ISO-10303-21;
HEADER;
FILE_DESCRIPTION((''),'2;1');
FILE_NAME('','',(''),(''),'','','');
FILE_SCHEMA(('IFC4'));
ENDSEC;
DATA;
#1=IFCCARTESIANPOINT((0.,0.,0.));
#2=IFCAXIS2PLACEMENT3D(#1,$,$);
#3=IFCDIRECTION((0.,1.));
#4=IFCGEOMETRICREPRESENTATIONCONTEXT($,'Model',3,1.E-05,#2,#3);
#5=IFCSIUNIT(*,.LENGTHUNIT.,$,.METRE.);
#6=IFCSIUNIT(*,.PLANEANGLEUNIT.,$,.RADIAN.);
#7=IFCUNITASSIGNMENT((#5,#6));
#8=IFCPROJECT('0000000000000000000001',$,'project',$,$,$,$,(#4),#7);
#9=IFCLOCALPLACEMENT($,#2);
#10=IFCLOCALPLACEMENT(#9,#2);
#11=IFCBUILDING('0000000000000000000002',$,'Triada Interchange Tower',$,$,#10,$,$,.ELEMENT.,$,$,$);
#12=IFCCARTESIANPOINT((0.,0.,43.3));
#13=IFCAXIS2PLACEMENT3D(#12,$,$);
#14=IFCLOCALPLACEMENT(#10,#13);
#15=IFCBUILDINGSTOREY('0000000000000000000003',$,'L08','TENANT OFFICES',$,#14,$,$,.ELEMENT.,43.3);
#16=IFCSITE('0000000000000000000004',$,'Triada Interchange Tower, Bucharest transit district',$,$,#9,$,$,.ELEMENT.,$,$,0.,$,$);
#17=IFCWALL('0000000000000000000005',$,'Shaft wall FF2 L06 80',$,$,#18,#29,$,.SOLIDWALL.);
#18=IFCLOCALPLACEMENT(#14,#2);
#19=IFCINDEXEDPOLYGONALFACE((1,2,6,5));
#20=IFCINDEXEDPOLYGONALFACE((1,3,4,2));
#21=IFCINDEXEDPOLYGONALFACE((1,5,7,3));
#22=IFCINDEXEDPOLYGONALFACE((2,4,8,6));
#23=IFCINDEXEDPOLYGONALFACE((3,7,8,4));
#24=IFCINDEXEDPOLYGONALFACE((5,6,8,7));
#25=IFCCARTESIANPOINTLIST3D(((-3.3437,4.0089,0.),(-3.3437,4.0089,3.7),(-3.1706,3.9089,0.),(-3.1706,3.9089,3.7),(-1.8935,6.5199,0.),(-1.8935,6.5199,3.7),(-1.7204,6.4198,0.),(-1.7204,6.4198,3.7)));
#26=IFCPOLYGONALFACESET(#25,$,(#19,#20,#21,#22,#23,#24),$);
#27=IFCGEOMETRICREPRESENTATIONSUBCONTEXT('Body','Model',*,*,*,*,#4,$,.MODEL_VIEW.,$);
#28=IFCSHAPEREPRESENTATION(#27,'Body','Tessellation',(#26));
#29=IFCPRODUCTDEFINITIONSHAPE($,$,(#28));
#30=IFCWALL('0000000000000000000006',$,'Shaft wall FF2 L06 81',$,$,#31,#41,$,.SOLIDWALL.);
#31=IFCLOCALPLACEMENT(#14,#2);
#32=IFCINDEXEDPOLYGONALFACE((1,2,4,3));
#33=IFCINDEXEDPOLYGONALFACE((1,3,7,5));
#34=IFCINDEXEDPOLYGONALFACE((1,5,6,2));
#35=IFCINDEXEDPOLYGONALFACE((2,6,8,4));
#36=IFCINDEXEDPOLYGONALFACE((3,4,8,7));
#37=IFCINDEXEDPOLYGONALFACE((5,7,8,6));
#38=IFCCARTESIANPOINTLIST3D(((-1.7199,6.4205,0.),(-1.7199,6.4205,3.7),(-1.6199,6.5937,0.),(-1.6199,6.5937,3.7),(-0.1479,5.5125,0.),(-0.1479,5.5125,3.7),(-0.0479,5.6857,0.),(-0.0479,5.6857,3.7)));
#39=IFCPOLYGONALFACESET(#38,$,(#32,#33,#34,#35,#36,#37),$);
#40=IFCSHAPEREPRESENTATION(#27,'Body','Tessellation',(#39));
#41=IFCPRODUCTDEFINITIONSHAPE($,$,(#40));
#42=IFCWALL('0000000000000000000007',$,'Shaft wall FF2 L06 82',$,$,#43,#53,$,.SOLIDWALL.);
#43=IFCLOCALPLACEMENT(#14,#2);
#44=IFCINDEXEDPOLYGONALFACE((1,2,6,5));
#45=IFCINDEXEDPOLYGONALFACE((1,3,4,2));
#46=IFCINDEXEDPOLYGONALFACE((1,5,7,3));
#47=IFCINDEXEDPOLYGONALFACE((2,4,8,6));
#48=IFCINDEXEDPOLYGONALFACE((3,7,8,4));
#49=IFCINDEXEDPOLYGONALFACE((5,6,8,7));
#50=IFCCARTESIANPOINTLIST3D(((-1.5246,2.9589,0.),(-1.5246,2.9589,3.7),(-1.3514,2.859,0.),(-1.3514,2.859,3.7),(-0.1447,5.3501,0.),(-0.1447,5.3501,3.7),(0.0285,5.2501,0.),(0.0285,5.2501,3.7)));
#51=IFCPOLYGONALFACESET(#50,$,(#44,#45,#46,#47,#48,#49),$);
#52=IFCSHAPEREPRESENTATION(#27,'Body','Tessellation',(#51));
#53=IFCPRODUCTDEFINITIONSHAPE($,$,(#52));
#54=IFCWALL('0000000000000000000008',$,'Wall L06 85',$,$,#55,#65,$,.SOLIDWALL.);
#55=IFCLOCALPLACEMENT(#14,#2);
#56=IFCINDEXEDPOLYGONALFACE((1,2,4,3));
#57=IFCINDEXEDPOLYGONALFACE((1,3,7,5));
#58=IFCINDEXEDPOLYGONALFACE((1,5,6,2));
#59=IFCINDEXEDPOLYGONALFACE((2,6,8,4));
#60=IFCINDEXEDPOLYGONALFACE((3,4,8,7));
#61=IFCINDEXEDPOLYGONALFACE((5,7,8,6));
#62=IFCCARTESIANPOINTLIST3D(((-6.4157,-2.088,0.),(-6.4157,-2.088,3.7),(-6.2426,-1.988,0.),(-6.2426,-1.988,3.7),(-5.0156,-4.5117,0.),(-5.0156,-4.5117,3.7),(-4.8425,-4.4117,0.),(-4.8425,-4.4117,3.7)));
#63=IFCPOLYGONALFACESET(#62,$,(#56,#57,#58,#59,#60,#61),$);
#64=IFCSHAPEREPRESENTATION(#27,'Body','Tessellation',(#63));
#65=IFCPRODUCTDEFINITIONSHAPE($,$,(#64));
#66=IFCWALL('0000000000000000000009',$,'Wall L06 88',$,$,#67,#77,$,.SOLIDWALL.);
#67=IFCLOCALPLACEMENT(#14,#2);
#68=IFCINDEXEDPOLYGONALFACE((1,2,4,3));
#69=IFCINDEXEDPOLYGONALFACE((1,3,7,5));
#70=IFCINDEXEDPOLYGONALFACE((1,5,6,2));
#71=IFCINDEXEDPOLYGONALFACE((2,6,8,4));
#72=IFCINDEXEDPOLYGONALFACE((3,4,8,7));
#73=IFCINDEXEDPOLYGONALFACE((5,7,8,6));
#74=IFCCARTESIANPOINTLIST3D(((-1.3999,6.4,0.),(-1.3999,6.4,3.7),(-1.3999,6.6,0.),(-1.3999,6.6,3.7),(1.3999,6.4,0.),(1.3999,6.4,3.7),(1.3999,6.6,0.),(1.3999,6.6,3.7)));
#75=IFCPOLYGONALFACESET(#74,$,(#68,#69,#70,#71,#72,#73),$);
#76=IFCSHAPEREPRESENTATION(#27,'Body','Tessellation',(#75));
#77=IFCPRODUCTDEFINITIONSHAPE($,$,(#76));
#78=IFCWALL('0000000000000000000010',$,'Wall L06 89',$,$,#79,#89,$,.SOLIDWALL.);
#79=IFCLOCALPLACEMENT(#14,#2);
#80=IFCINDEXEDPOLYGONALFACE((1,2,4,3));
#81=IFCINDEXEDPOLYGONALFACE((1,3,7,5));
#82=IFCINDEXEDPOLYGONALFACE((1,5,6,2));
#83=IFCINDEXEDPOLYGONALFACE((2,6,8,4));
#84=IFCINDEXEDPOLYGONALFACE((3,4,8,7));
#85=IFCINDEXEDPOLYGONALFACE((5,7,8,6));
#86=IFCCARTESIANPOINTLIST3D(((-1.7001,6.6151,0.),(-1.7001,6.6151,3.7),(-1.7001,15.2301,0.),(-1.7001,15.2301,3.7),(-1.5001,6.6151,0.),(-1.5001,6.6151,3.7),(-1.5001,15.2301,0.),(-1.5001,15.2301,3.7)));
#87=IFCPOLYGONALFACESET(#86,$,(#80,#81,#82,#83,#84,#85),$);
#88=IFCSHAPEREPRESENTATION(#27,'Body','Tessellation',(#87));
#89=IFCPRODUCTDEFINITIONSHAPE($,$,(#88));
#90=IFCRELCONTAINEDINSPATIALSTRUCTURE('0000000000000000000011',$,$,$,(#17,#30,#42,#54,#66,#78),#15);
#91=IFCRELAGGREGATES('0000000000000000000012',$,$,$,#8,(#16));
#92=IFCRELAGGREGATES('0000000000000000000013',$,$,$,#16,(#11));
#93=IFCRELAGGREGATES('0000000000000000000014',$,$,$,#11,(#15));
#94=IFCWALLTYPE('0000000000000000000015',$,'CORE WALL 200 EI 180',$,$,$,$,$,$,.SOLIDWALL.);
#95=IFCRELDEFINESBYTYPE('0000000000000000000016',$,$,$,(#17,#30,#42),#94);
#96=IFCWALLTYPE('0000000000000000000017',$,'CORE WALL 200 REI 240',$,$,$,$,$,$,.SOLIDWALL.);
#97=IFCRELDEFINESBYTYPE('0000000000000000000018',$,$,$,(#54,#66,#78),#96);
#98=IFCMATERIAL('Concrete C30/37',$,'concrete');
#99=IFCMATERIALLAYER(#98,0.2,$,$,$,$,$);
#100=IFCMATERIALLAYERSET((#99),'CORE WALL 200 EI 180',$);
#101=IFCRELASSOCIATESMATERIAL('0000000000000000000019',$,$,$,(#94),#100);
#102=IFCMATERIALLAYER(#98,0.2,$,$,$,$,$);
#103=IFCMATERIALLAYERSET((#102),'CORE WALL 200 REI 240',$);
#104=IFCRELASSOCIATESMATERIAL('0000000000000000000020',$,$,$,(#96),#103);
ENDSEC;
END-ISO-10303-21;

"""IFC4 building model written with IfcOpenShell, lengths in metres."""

from ifc_helpers import new_model, si_unit, direction, frame, frame_2d, origin, place, context, subcontext, project, spatial, rectangle, extrude, material, layer, layer_set, type_object, element, save


model = new_model("IFC4")

# Units and contexts
model_context = context("Model", 3, precision=1e-05, world=origin(), true_north=direction((0.0, 1.0)))
body_context = subcontext(model_context, "Body", "Model", "MODEL_VIEW")
ifc_project = project(units=[si_unit("LENGTHUNIT", "METRE"), si_unit("PLANEANGLEUNIT", "RADIAN")], contexts=[model_context])

# Site, building, storey
site_placement = place(None, origin())
site = spatial("IfcSite", under=ifc_project, at=site_placement, Name="Triada Interchange Tower, Bucharest transit district", CompositionType="ELEMENT", RefElevation=0.0)
building_placement = place(site_placement, origin())
building = spatial("IfcBuilding", under=site, at=building_placement, Name="Triada Interchange Tower", CompositionType="ELEMENT")
storey_placement = place(building_placement, frame((0.0, 0.0, 43.3)))
storey = spatial("IfcBuildingStorey", under=building, at=storey_placement, Name="L08", Description="TENANT OFFICES", CompositionType="ELEMENT", Elevation=43.3)

# Shared definitions
ifc_material_1 = material(Name="Concrete C30/37", Category="concrete")
ifc_layer_1 = layer(ifc_material_1, 0.2)
ifc_layer_set_1 = layer_set([ifc_layer_1], Name="CORE WALL 200 EI 180")
wall_type_1 = type_object("IfcWallType", Name="CORE WALL 200 EI 180", PredefinedType="SOLIDWALL", material=ifc_layer_set_1)

# Walls
wall_1_placement = place(storey_placement, frame((-3.2571, 3.959, 0.0), z_axis=(0.0, 0.0, 1.0), x_axis=(0.500123, 0.865954, 0.0)))
element("IfcWall", 1, at=wall_1_placement, inside=storey, type_object=wall_type_1, Name="Shaft wall FF2 L06 80", PredefinedType="SOLIDWALL", context=body_context, shape_type="SweptSolid", body=[
    extrude(rectangle(XDim=2.8997, YDim=0.2, at=frame_2d((1.4497, 0.0))), origin(), (0.0, 0.0, 1.0), 3.7),
])
wall_2_placement = place(storey_placement, frame((-1.6699, 6.5071, 0.0), z_axis=(0.0, 0.0, 1.0), x_axis=(0.865941, -0.500145, 0.0)))
element("IfcWall", 2, at=wall_2_placement, inside=storey, type_object=wall_type_1, Name="Shaft wall FF2 L06 81", PredefinedType="SOLIDWALL", context=body_context, shape_type="SweptSolid", body=[
    extrude(rectangle(XDim=1.8154, YDim=0.2, at=frame_2d((0.9077, 0.0))), origin(), (0.0, 0.0, 1.0), 3.7),
])
wall_3_placement = place(storey_placement, frame((-1.438, 2.9089, 0.0), z_axis=(0.0, 0.0, 1.0), x_axis=(0.49983, 0.866124, 0.0)))
element("IfcWall", 3, at=wall_3_placement, inside=storey, type_object=wall_type_1, Name="Shaft wall FF2 L06 82", PredefinedType="SOLIDWALL", context=body_context, shape_type="SweptSolid", body=[
    extrude(rectangle(XDim=2.7607, YDim=0.2, at=frame_2d((1.3804, 0.0))), origin(), (0.0, 0.0, 1.0), 3.7),
])
ifc_layer_2 = layer(ifc_material_1, 0.2)
ifc_layer_set_2 = layer_set([ifc_layer_2], Name="CORE WALL 200 REI 240")
wall_type_2 = type_object("IfcWallType", Name="CORE WALL 200 REI 240", PredefinedType="SOLIDWALL", material=ifc_layer_set_2)
wall_4_placement = place(storey_placement, frame((-6.3291, -2.0381, 0.0), z_axis=(0.0, 0.0, 1.0), x_axis=(0.500201, -0.86591, 0.0)))
element("IfcWall", 4, at=wall_4_placement, inside=storey, type_object=wall_type_2, Name="Wall L06 85", PredefinedType="SOLIDWALL", context=body_context, shape_type="SweptSolid", body=[
    extrude(rectangle(XDim=2.7991, YDim=0.2, at=frame_2d((1.3994, 0.0))), origin(), (0.0, 0.0, 1.0), 3.7),
])
wall_5_placement = place(storey_placement, frame((-1.3999, 6.5, 0.0), z_axis=(0.0, 0.0, 1.0), x_axis=(1.0, 0.0, 0.0)))
element("IfcWall", 5, at=wall_5_placement, inside=storey, type_object=wall_type_2, Name="Wall L06 88", PredefinedType="SOLIDWALL", context=body_context, shape_type="SweptSolid", body=[
    extrude(rectangle(XDim=2.7998, YDim=0.2, at=frame_2d((1.3999, 0.0))), origin(), (0.0, 0.0, 1.0), 3.7),
])
wall_6_placement = place(storey_placement, frame((-1.6001, 6.615, 0.0), z_axis=(0.0, 0.0, 1.0), x_axis=(0.0, 1.0, 0.0)))
element("IfcWall", 6, at=wall_6_placement, inside=storey, type_object=wall_type_2, Name="Wall L06 89", PredefinedType="SOLIDWALL", context=body_context, shape_type="SweptSolid", body=[
    extrude(rectangle(XDim=8.615, YDim=0.2, at=frame_2d((4.3076, 0.0))), origin(), (0.0, 0.0, 1.0), 3.7),
])

save(model, "model.ifc")
